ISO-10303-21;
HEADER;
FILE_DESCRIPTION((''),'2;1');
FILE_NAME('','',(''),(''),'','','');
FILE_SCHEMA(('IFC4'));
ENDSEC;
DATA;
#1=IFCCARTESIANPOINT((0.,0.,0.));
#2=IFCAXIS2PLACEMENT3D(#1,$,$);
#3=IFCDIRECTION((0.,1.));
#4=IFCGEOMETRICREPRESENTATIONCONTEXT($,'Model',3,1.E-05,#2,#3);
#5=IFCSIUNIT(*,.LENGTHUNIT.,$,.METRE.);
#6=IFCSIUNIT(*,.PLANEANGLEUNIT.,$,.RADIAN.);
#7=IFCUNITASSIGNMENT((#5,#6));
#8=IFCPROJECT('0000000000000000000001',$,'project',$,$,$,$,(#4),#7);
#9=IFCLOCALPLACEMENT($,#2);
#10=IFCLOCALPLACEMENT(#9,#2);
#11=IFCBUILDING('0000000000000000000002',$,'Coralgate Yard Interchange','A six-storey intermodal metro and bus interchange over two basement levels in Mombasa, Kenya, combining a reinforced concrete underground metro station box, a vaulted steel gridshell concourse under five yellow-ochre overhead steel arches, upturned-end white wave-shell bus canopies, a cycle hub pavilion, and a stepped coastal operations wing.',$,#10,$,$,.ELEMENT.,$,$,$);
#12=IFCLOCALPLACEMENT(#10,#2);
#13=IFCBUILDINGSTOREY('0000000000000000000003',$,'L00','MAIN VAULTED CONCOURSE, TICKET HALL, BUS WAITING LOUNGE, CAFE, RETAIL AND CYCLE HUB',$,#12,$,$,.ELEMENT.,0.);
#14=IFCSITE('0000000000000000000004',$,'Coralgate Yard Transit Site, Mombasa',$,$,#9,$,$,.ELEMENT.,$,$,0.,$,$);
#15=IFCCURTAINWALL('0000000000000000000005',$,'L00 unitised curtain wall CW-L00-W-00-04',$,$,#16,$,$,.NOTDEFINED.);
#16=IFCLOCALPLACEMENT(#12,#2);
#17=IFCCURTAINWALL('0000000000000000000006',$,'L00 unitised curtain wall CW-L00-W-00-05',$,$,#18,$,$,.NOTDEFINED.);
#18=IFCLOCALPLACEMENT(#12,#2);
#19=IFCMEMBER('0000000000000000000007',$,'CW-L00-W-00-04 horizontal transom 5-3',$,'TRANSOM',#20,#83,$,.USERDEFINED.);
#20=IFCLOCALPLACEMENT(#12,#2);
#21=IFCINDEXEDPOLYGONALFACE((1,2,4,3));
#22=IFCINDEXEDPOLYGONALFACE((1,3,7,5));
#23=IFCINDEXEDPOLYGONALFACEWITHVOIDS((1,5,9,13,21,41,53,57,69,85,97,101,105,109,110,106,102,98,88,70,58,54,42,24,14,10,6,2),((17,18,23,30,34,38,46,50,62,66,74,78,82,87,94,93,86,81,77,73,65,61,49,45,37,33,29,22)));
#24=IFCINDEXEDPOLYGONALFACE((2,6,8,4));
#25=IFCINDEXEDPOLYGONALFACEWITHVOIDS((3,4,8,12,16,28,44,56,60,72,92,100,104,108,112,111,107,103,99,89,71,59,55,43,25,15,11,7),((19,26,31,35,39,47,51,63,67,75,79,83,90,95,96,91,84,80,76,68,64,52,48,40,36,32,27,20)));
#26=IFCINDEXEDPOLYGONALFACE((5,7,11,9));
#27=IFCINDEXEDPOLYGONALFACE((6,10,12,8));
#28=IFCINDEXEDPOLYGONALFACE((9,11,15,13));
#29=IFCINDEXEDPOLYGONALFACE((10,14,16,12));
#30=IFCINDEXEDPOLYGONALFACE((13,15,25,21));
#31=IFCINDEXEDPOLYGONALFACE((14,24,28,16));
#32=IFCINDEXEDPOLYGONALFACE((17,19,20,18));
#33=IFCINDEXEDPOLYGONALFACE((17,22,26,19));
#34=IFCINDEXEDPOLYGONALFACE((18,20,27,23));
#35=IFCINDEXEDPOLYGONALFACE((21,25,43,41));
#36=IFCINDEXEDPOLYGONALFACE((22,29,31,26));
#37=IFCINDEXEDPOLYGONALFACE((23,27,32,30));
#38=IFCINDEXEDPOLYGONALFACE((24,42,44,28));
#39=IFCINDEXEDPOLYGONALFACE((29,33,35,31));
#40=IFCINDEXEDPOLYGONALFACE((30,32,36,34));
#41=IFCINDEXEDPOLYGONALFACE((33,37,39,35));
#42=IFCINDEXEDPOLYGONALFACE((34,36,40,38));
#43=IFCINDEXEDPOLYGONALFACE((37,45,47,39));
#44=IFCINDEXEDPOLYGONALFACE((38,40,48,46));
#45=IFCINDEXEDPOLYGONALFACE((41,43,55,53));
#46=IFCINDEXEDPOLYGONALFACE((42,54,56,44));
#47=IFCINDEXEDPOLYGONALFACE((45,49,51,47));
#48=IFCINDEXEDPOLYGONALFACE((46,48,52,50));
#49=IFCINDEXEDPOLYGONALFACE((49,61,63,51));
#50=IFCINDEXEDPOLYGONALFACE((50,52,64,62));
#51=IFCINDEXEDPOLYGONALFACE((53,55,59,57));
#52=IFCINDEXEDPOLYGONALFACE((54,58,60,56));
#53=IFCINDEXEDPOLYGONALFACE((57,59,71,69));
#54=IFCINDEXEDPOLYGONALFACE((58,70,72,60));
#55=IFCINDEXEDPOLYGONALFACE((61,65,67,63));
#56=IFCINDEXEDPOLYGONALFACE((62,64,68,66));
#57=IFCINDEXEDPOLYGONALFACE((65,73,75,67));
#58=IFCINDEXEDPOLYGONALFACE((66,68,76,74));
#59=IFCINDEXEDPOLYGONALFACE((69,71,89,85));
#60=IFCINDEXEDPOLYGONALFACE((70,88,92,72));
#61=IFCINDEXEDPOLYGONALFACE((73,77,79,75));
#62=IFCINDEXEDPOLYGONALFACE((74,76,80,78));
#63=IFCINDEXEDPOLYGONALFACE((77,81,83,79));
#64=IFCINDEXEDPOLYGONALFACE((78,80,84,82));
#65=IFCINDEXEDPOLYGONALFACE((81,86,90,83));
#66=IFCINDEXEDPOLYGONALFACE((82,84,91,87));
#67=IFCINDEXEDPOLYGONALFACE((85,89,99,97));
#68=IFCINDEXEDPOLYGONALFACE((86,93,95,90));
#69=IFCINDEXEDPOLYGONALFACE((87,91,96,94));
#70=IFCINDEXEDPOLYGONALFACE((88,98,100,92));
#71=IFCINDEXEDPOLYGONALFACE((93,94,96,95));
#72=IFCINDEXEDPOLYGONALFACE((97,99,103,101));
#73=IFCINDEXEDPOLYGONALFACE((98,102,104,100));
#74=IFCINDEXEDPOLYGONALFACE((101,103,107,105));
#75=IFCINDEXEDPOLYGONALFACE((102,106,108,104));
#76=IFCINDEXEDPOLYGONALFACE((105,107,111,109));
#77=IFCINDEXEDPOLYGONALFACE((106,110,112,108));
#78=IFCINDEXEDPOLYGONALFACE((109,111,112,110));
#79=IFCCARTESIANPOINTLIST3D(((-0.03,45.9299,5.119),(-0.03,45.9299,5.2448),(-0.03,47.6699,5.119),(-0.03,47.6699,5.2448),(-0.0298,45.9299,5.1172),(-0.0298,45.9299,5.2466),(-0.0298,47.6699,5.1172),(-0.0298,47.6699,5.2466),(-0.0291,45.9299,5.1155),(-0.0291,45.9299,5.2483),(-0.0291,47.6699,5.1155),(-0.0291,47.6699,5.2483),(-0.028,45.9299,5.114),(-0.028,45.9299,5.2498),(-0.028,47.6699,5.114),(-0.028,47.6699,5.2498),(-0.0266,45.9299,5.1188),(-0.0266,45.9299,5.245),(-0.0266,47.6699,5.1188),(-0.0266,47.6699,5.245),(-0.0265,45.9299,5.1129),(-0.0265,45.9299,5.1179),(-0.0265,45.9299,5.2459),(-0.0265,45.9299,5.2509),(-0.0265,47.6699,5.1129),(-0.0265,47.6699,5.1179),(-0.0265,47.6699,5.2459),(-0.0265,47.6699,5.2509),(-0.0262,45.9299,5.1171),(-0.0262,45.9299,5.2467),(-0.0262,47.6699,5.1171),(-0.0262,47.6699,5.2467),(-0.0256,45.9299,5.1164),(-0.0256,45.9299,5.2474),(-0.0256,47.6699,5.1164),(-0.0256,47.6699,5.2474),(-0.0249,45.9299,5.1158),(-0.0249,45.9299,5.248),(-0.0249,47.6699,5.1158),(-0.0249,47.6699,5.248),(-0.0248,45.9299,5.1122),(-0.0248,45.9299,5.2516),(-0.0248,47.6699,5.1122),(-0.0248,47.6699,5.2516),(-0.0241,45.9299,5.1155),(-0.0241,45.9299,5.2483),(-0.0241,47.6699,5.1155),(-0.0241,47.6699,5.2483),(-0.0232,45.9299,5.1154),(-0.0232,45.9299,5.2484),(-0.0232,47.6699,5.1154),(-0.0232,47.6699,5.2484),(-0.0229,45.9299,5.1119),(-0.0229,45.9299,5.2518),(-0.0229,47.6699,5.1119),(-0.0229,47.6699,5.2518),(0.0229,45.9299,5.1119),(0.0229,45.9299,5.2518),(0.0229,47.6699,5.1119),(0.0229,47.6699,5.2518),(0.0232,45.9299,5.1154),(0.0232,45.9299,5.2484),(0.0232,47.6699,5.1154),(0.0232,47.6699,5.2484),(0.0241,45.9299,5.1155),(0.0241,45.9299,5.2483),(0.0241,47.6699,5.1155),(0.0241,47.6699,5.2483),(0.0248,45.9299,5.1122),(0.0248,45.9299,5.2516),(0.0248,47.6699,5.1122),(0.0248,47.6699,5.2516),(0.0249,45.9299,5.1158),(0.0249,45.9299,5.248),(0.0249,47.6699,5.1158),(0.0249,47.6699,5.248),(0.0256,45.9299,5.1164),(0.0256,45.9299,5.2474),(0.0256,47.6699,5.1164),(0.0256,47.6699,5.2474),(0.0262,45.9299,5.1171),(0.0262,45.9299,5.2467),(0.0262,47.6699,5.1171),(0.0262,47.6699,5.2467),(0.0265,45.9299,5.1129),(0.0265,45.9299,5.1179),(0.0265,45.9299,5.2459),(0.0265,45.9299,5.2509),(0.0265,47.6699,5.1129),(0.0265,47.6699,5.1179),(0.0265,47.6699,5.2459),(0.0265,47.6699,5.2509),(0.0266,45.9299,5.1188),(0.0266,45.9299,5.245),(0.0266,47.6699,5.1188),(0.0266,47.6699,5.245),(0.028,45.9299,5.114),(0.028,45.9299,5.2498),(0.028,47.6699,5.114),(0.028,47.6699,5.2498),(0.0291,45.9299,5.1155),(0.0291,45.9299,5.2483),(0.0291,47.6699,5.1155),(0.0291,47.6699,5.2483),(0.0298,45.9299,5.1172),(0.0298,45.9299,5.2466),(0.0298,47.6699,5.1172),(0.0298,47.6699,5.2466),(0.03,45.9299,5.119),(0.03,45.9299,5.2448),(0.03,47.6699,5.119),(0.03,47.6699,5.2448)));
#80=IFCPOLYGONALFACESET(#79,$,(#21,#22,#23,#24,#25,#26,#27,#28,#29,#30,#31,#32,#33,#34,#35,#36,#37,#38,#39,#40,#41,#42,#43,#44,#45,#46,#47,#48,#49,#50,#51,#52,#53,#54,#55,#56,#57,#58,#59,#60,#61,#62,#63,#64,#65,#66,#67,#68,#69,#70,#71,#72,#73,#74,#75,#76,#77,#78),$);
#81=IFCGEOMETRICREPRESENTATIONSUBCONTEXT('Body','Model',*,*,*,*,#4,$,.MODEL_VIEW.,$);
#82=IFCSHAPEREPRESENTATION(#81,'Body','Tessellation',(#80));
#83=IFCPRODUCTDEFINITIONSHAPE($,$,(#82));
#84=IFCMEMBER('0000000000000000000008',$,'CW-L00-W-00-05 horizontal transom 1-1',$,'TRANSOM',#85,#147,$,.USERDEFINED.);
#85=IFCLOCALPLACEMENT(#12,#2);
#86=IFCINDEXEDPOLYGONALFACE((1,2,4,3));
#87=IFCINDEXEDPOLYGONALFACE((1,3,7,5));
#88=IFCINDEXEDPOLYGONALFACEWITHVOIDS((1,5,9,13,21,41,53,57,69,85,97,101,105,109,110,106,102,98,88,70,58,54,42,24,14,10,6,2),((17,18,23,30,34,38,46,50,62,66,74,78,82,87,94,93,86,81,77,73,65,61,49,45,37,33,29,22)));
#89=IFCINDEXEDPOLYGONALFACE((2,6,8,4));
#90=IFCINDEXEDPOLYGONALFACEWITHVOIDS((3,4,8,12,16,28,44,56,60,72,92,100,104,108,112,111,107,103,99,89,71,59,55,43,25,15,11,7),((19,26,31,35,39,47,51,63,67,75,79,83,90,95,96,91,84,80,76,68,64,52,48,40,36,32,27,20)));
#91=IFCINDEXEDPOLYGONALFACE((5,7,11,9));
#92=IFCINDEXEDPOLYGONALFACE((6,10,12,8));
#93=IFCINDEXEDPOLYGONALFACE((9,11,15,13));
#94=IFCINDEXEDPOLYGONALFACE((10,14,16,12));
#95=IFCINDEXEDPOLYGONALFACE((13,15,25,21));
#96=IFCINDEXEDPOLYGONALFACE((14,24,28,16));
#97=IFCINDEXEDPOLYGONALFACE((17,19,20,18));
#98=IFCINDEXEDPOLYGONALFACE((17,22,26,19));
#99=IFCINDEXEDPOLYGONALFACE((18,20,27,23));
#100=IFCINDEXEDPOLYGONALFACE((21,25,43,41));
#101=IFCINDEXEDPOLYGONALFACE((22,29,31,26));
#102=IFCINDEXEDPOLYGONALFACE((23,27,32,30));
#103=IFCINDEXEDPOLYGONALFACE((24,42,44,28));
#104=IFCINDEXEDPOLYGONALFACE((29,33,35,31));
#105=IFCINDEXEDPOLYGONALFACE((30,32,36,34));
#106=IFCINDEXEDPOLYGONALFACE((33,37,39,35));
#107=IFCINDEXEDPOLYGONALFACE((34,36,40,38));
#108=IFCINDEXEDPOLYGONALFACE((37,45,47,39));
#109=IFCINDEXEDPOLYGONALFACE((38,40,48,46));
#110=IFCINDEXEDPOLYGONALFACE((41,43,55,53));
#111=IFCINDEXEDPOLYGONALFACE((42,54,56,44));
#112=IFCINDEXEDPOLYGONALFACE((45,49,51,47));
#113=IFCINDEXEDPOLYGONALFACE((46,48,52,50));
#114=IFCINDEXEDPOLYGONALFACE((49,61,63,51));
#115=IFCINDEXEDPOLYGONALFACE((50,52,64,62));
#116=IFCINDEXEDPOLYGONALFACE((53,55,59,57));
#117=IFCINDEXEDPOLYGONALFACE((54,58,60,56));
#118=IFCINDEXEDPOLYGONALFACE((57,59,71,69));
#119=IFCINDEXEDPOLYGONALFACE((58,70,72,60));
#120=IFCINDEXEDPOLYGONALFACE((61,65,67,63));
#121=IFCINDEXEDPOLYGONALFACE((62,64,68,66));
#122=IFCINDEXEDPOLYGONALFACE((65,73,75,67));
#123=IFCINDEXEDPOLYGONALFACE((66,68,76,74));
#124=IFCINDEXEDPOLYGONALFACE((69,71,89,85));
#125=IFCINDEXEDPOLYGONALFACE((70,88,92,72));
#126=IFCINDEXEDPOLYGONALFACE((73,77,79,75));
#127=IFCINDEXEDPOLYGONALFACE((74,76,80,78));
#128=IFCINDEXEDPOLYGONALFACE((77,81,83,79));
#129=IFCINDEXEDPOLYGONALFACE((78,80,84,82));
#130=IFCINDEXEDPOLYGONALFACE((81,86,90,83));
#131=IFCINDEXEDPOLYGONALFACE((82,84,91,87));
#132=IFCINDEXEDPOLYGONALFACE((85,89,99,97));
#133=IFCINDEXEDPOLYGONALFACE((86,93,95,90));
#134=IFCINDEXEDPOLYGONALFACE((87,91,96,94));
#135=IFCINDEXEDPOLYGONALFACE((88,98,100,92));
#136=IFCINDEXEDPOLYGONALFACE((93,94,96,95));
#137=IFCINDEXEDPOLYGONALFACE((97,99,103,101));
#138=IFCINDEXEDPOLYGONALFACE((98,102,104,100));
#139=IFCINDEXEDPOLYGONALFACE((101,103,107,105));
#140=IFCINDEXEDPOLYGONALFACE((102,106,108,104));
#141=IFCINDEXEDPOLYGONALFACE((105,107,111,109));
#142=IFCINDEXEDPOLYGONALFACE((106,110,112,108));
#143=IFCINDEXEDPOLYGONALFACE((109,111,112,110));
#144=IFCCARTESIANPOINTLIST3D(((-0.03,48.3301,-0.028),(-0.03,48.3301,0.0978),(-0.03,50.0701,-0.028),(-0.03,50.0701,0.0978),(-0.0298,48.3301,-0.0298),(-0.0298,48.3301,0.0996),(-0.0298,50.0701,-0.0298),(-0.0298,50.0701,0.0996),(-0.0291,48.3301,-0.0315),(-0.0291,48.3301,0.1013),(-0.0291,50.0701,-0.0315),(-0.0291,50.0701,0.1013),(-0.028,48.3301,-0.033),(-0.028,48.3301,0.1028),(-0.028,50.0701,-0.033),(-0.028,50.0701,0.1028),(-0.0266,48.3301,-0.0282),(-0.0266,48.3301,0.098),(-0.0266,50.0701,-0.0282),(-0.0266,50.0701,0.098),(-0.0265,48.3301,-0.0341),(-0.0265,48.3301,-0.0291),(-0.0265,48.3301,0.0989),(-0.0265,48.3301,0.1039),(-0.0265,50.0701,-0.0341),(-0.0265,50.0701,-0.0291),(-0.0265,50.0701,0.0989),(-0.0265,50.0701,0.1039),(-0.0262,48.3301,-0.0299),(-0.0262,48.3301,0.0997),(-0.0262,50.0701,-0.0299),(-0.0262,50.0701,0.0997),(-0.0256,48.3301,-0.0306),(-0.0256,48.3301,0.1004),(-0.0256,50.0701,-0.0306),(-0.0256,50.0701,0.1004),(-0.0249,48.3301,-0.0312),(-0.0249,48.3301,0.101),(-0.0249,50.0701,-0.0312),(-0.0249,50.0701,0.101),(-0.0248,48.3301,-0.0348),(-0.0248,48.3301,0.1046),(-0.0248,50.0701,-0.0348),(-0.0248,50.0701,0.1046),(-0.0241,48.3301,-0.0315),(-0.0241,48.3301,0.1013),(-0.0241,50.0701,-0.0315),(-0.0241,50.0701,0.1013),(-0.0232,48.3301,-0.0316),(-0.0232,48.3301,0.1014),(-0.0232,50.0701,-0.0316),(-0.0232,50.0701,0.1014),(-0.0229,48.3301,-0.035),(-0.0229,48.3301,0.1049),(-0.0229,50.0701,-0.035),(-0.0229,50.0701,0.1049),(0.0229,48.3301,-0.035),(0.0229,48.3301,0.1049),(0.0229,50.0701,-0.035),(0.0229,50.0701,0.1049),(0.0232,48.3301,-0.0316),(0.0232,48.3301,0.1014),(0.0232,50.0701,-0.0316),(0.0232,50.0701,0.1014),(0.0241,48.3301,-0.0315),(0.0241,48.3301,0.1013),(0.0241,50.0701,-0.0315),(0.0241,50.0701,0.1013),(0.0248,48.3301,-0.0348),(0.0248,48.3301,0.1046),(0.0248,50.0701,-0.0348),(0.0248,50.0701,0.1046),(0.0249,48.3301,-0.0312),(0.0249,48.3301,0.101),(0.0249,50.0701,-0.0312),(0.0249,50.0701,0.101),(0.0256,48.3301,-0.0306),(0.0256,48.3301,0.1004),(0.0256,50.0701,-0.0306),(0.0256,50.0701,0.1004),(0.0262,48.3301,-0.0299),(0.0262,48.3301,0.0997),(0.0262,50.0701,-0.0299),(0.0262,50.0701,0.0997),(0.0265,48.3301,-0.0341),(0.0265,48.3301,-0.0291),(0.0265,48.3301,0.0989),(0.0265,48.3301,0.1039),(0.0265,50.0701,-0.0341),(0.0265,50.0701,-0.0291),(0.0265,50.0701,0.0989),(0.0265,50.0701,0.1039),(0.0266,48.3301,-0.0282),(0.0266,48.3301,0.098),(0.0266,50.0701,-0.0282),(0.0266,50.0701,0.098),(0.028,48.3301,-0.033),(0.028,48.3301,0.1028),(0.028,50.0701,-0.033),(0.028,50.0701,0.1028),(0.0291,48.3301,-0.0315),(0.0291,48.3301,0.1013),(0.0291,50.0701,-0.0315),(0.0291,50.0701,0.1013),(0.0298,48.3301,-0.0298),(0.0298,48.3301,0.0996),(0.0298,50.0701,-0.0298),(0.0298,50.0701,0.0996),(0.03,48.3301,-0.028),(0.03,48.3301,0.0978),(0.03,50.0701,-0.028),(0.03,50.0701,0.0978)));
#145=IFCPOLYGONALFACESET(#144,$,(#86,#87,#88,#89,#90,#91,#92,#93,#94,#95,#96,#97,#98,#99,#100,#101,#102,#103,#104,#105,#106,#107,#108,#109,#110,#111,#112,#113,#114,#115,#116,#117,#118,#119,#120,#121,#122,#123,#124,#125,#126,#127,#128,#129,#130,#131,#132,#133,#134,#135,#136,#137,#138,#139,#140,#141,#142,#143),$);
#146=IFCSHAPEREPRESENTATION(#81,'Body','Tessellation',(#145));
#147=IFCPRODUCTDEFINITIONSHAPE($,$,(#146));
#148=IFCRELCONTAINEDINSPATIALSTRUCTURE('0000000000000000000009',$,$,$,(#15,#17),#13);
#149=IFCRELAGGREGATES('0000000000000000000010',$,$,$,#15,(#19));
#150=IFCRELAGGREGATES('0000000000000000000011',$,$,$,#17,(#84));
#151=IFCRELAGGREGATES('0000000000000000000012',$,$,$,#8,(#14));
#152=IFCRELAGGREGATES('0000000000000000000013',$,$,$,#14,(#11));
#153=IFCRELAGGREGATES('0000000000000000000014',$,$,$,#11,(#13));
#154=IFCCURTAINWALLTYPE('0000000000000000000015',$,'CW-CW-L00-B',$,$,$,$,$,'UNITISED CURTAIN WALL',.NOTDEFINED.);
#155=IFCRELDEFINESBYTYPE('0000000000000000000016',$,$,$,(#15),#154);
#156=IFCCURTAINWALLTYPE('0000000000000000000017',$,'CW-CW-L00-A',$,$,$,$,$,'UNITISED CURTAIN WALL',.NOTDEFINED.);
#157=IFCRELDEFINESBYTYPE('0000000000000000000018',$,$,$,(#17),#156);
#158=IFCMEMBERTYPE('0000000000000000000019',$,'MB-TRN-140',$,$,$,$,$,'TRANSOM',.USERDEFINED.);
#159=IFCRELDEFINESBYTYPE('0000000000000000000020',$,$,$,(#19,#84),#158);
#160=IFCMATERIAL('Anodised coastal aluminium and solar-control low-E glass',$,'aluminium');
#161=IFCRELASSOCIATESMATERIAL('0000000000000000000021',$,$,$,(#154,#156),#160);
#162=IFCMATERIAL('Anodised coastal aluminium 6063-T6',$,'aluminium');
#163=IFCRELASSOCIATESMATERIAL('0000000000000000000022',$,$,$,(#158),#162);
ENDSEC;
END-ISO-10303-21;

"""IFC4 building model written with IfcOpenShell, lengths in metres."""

from ifc_helpers import new_model, si_unit, direction, frame, origin, origin_2d, place, context, subcontext, project, spatial, hollow_rectangle, extrude, material, material_profile, profile_set, type_object, element, aggregate, save


model = new_model("IFC4")

# Units and contexts
model_context = context("Model", 3, precision=1e-05, world=origin(), true_north=direction((0.0, 1.0)))
body_context = subcontext(model_context, "Body", "Model", "MODEL_VIEW")
ifc_project = project(units=[si_unit("LENGTHUNIT", "METRE"), si_unit("PLANEANGLEUNIT", "RADIAN")], contexts=[model_context])

# Site, building, storey
site_placement = place(None, origin())
site = spatial("IfcSite", under=ifc_project, at=site_placement, Name="Coralgate Yard Transit Site, Mombasa", CompositionType="ELEMENT", RefElevation=0.0)
building_placement = place(site_placement, origin())
building = spatial("IfcBuilding", under=site, at=building_placement, Name="Coralgate Yard Interchange", Description="A six-storey intermodal metro and bus interchange over two basement levels in Mombasa, Kenya, combining a reinforced concrete underground metro station box, a vaulted steel gridshell concourse under five yellow-ochre overhead steel arches, upturned-end white wave-shell bus canopies, a cycle hub pavilion, and a stepped coastal operations wing.", CompositionType="ELEMENT")
storey_placement = place(building_placement, origin())
storey = spatial("IfcBuildingStorey", under=building, at=storey_placement, Name="L00", Description="MAIN VAULTED CONCOURSE, TICKET HALL, BUS WAITING LOUNGE, CAFE, RETAIL AND CYCLE HUB", CompositionType="ELEMENT", Elevation=0.0)

# Curtain walls
ifc_material_1 = material(Name="Anodised coastal aluminium and solar-control low-E glass", Category="aluminium")
curtain_wall_type_1 = type_object("IfcCurtainWallType", Name="CW-CW-L00-B", ElementType="UNITISED CURTAIN WALL", PredefinedType="NOTDEFINED", material=ifc_material_1)
curtain_wall_1_placement = place(storey_placement, origin())
curtain_wall_1 = element("IfcCurtainWall", 1, at=curtain_wall_1_placement, inside=storey, type_object=curtain_wall_type_1, Name="L00 unitised curtain wall CW-L00-W-00-04", PredefinedType="NOTDEFINED")
ifc_material_2 = material(Name="Anodised coastal aluminium 6063-T6", Category="aluminium")
curtain_wall_type_2 = type_object("IfcCurtainWallType", Name="CW-CW-L00-A", ElementType="UNITISED CURTAIN WALL", PredefinedType="NOTDEFINED", material=ifc_material_1)
curtain_wall_2_placement = place(storey_placement, origin())
curtain_wall_2 = element("IfcCurtainWall", 2, at=curtain_wall_2_placement, inside=storey, type_object=curtain_wall_type_2, Name="L00 unitised curtain wall CW-L00-W-00-05", PredefinedType="NOTDEFINED")

# Members
ifc_material_profile_1 = material_profile(ifc_material_2, hollow_rectangle(XDim=0.0601, YDim=0.1399, WallThickness=0.0034, InnerFilletRadius=0.0034, OuterFilletRadius=0.0071, at=origin_2d()), Name="ALU 60x140x3.5")
ifc_profile_set_1 = profile_set([ifc_material_profile_1], Name="Anodised coastal aluminium 6063-T6")
member_type_1 = type_object("IfcMemberType", Name="MB-TRN-140", ElementType="TRANSOM", PredefinedType="USERDEFINED", material=ifc_profile_set_1)
member_1_placement = place(storey_placement, frame((0.0, 45.9299, 5.1819), z_axis=(0.0, 1.0, 0.0), x_axis=(-1.0, 0.0, 0.0)))
member_1 = element("IfcMember", 3, at=member_1_placement, type_object=member_type_1, Name="CW-L00-W-00-04 horizontal transom 5-3", ObjectType="TRANSOM", PredefinedType="USERDEFINED", context=body_context, shape_type="SweptSolid", body=[
    extrude(hollow_rectangle(XDim=0.0601, YDim=0.1399, WallThickness=0.0034, InnerFilletRadius=0.0034, OuterFilletRadius=0.0071, at=origin_2d()), origin(), (0.0, 0.0, 1.0), 1.74),
])
member_2_placement = place(storey_placement, frame((0.0, 48.3301, 0.0349), z_axis=(0.0, 1.0, 0.0), x_axis=(-1.0, 0.0, 0.0)))
member_2 = element("IfcMember", 4, at=member_2_placement, type_object=member_type_1, Name="CW-L00-W-00-05 horizontal transom 1-1", ObjectType="TRANSOM", PredefinedType="USERDEFINED", context=body_context, shape_type="SweptSolid", body=[
    extrude(hollow_rectangle(XDim=0.0601, YDim=0.1399, WallThickness=0.0034, InnerFilletRadius=0.0034, OuterFilletRadius=0.0071, at=origin_2d()), origin(), (0.0, 0.0, 1.0), 1.74),
])

aggregate(curtain_wall_1, [member_1])
aggregate(curtain_wall_2, [member_2])

save(model, "model.ifc")
